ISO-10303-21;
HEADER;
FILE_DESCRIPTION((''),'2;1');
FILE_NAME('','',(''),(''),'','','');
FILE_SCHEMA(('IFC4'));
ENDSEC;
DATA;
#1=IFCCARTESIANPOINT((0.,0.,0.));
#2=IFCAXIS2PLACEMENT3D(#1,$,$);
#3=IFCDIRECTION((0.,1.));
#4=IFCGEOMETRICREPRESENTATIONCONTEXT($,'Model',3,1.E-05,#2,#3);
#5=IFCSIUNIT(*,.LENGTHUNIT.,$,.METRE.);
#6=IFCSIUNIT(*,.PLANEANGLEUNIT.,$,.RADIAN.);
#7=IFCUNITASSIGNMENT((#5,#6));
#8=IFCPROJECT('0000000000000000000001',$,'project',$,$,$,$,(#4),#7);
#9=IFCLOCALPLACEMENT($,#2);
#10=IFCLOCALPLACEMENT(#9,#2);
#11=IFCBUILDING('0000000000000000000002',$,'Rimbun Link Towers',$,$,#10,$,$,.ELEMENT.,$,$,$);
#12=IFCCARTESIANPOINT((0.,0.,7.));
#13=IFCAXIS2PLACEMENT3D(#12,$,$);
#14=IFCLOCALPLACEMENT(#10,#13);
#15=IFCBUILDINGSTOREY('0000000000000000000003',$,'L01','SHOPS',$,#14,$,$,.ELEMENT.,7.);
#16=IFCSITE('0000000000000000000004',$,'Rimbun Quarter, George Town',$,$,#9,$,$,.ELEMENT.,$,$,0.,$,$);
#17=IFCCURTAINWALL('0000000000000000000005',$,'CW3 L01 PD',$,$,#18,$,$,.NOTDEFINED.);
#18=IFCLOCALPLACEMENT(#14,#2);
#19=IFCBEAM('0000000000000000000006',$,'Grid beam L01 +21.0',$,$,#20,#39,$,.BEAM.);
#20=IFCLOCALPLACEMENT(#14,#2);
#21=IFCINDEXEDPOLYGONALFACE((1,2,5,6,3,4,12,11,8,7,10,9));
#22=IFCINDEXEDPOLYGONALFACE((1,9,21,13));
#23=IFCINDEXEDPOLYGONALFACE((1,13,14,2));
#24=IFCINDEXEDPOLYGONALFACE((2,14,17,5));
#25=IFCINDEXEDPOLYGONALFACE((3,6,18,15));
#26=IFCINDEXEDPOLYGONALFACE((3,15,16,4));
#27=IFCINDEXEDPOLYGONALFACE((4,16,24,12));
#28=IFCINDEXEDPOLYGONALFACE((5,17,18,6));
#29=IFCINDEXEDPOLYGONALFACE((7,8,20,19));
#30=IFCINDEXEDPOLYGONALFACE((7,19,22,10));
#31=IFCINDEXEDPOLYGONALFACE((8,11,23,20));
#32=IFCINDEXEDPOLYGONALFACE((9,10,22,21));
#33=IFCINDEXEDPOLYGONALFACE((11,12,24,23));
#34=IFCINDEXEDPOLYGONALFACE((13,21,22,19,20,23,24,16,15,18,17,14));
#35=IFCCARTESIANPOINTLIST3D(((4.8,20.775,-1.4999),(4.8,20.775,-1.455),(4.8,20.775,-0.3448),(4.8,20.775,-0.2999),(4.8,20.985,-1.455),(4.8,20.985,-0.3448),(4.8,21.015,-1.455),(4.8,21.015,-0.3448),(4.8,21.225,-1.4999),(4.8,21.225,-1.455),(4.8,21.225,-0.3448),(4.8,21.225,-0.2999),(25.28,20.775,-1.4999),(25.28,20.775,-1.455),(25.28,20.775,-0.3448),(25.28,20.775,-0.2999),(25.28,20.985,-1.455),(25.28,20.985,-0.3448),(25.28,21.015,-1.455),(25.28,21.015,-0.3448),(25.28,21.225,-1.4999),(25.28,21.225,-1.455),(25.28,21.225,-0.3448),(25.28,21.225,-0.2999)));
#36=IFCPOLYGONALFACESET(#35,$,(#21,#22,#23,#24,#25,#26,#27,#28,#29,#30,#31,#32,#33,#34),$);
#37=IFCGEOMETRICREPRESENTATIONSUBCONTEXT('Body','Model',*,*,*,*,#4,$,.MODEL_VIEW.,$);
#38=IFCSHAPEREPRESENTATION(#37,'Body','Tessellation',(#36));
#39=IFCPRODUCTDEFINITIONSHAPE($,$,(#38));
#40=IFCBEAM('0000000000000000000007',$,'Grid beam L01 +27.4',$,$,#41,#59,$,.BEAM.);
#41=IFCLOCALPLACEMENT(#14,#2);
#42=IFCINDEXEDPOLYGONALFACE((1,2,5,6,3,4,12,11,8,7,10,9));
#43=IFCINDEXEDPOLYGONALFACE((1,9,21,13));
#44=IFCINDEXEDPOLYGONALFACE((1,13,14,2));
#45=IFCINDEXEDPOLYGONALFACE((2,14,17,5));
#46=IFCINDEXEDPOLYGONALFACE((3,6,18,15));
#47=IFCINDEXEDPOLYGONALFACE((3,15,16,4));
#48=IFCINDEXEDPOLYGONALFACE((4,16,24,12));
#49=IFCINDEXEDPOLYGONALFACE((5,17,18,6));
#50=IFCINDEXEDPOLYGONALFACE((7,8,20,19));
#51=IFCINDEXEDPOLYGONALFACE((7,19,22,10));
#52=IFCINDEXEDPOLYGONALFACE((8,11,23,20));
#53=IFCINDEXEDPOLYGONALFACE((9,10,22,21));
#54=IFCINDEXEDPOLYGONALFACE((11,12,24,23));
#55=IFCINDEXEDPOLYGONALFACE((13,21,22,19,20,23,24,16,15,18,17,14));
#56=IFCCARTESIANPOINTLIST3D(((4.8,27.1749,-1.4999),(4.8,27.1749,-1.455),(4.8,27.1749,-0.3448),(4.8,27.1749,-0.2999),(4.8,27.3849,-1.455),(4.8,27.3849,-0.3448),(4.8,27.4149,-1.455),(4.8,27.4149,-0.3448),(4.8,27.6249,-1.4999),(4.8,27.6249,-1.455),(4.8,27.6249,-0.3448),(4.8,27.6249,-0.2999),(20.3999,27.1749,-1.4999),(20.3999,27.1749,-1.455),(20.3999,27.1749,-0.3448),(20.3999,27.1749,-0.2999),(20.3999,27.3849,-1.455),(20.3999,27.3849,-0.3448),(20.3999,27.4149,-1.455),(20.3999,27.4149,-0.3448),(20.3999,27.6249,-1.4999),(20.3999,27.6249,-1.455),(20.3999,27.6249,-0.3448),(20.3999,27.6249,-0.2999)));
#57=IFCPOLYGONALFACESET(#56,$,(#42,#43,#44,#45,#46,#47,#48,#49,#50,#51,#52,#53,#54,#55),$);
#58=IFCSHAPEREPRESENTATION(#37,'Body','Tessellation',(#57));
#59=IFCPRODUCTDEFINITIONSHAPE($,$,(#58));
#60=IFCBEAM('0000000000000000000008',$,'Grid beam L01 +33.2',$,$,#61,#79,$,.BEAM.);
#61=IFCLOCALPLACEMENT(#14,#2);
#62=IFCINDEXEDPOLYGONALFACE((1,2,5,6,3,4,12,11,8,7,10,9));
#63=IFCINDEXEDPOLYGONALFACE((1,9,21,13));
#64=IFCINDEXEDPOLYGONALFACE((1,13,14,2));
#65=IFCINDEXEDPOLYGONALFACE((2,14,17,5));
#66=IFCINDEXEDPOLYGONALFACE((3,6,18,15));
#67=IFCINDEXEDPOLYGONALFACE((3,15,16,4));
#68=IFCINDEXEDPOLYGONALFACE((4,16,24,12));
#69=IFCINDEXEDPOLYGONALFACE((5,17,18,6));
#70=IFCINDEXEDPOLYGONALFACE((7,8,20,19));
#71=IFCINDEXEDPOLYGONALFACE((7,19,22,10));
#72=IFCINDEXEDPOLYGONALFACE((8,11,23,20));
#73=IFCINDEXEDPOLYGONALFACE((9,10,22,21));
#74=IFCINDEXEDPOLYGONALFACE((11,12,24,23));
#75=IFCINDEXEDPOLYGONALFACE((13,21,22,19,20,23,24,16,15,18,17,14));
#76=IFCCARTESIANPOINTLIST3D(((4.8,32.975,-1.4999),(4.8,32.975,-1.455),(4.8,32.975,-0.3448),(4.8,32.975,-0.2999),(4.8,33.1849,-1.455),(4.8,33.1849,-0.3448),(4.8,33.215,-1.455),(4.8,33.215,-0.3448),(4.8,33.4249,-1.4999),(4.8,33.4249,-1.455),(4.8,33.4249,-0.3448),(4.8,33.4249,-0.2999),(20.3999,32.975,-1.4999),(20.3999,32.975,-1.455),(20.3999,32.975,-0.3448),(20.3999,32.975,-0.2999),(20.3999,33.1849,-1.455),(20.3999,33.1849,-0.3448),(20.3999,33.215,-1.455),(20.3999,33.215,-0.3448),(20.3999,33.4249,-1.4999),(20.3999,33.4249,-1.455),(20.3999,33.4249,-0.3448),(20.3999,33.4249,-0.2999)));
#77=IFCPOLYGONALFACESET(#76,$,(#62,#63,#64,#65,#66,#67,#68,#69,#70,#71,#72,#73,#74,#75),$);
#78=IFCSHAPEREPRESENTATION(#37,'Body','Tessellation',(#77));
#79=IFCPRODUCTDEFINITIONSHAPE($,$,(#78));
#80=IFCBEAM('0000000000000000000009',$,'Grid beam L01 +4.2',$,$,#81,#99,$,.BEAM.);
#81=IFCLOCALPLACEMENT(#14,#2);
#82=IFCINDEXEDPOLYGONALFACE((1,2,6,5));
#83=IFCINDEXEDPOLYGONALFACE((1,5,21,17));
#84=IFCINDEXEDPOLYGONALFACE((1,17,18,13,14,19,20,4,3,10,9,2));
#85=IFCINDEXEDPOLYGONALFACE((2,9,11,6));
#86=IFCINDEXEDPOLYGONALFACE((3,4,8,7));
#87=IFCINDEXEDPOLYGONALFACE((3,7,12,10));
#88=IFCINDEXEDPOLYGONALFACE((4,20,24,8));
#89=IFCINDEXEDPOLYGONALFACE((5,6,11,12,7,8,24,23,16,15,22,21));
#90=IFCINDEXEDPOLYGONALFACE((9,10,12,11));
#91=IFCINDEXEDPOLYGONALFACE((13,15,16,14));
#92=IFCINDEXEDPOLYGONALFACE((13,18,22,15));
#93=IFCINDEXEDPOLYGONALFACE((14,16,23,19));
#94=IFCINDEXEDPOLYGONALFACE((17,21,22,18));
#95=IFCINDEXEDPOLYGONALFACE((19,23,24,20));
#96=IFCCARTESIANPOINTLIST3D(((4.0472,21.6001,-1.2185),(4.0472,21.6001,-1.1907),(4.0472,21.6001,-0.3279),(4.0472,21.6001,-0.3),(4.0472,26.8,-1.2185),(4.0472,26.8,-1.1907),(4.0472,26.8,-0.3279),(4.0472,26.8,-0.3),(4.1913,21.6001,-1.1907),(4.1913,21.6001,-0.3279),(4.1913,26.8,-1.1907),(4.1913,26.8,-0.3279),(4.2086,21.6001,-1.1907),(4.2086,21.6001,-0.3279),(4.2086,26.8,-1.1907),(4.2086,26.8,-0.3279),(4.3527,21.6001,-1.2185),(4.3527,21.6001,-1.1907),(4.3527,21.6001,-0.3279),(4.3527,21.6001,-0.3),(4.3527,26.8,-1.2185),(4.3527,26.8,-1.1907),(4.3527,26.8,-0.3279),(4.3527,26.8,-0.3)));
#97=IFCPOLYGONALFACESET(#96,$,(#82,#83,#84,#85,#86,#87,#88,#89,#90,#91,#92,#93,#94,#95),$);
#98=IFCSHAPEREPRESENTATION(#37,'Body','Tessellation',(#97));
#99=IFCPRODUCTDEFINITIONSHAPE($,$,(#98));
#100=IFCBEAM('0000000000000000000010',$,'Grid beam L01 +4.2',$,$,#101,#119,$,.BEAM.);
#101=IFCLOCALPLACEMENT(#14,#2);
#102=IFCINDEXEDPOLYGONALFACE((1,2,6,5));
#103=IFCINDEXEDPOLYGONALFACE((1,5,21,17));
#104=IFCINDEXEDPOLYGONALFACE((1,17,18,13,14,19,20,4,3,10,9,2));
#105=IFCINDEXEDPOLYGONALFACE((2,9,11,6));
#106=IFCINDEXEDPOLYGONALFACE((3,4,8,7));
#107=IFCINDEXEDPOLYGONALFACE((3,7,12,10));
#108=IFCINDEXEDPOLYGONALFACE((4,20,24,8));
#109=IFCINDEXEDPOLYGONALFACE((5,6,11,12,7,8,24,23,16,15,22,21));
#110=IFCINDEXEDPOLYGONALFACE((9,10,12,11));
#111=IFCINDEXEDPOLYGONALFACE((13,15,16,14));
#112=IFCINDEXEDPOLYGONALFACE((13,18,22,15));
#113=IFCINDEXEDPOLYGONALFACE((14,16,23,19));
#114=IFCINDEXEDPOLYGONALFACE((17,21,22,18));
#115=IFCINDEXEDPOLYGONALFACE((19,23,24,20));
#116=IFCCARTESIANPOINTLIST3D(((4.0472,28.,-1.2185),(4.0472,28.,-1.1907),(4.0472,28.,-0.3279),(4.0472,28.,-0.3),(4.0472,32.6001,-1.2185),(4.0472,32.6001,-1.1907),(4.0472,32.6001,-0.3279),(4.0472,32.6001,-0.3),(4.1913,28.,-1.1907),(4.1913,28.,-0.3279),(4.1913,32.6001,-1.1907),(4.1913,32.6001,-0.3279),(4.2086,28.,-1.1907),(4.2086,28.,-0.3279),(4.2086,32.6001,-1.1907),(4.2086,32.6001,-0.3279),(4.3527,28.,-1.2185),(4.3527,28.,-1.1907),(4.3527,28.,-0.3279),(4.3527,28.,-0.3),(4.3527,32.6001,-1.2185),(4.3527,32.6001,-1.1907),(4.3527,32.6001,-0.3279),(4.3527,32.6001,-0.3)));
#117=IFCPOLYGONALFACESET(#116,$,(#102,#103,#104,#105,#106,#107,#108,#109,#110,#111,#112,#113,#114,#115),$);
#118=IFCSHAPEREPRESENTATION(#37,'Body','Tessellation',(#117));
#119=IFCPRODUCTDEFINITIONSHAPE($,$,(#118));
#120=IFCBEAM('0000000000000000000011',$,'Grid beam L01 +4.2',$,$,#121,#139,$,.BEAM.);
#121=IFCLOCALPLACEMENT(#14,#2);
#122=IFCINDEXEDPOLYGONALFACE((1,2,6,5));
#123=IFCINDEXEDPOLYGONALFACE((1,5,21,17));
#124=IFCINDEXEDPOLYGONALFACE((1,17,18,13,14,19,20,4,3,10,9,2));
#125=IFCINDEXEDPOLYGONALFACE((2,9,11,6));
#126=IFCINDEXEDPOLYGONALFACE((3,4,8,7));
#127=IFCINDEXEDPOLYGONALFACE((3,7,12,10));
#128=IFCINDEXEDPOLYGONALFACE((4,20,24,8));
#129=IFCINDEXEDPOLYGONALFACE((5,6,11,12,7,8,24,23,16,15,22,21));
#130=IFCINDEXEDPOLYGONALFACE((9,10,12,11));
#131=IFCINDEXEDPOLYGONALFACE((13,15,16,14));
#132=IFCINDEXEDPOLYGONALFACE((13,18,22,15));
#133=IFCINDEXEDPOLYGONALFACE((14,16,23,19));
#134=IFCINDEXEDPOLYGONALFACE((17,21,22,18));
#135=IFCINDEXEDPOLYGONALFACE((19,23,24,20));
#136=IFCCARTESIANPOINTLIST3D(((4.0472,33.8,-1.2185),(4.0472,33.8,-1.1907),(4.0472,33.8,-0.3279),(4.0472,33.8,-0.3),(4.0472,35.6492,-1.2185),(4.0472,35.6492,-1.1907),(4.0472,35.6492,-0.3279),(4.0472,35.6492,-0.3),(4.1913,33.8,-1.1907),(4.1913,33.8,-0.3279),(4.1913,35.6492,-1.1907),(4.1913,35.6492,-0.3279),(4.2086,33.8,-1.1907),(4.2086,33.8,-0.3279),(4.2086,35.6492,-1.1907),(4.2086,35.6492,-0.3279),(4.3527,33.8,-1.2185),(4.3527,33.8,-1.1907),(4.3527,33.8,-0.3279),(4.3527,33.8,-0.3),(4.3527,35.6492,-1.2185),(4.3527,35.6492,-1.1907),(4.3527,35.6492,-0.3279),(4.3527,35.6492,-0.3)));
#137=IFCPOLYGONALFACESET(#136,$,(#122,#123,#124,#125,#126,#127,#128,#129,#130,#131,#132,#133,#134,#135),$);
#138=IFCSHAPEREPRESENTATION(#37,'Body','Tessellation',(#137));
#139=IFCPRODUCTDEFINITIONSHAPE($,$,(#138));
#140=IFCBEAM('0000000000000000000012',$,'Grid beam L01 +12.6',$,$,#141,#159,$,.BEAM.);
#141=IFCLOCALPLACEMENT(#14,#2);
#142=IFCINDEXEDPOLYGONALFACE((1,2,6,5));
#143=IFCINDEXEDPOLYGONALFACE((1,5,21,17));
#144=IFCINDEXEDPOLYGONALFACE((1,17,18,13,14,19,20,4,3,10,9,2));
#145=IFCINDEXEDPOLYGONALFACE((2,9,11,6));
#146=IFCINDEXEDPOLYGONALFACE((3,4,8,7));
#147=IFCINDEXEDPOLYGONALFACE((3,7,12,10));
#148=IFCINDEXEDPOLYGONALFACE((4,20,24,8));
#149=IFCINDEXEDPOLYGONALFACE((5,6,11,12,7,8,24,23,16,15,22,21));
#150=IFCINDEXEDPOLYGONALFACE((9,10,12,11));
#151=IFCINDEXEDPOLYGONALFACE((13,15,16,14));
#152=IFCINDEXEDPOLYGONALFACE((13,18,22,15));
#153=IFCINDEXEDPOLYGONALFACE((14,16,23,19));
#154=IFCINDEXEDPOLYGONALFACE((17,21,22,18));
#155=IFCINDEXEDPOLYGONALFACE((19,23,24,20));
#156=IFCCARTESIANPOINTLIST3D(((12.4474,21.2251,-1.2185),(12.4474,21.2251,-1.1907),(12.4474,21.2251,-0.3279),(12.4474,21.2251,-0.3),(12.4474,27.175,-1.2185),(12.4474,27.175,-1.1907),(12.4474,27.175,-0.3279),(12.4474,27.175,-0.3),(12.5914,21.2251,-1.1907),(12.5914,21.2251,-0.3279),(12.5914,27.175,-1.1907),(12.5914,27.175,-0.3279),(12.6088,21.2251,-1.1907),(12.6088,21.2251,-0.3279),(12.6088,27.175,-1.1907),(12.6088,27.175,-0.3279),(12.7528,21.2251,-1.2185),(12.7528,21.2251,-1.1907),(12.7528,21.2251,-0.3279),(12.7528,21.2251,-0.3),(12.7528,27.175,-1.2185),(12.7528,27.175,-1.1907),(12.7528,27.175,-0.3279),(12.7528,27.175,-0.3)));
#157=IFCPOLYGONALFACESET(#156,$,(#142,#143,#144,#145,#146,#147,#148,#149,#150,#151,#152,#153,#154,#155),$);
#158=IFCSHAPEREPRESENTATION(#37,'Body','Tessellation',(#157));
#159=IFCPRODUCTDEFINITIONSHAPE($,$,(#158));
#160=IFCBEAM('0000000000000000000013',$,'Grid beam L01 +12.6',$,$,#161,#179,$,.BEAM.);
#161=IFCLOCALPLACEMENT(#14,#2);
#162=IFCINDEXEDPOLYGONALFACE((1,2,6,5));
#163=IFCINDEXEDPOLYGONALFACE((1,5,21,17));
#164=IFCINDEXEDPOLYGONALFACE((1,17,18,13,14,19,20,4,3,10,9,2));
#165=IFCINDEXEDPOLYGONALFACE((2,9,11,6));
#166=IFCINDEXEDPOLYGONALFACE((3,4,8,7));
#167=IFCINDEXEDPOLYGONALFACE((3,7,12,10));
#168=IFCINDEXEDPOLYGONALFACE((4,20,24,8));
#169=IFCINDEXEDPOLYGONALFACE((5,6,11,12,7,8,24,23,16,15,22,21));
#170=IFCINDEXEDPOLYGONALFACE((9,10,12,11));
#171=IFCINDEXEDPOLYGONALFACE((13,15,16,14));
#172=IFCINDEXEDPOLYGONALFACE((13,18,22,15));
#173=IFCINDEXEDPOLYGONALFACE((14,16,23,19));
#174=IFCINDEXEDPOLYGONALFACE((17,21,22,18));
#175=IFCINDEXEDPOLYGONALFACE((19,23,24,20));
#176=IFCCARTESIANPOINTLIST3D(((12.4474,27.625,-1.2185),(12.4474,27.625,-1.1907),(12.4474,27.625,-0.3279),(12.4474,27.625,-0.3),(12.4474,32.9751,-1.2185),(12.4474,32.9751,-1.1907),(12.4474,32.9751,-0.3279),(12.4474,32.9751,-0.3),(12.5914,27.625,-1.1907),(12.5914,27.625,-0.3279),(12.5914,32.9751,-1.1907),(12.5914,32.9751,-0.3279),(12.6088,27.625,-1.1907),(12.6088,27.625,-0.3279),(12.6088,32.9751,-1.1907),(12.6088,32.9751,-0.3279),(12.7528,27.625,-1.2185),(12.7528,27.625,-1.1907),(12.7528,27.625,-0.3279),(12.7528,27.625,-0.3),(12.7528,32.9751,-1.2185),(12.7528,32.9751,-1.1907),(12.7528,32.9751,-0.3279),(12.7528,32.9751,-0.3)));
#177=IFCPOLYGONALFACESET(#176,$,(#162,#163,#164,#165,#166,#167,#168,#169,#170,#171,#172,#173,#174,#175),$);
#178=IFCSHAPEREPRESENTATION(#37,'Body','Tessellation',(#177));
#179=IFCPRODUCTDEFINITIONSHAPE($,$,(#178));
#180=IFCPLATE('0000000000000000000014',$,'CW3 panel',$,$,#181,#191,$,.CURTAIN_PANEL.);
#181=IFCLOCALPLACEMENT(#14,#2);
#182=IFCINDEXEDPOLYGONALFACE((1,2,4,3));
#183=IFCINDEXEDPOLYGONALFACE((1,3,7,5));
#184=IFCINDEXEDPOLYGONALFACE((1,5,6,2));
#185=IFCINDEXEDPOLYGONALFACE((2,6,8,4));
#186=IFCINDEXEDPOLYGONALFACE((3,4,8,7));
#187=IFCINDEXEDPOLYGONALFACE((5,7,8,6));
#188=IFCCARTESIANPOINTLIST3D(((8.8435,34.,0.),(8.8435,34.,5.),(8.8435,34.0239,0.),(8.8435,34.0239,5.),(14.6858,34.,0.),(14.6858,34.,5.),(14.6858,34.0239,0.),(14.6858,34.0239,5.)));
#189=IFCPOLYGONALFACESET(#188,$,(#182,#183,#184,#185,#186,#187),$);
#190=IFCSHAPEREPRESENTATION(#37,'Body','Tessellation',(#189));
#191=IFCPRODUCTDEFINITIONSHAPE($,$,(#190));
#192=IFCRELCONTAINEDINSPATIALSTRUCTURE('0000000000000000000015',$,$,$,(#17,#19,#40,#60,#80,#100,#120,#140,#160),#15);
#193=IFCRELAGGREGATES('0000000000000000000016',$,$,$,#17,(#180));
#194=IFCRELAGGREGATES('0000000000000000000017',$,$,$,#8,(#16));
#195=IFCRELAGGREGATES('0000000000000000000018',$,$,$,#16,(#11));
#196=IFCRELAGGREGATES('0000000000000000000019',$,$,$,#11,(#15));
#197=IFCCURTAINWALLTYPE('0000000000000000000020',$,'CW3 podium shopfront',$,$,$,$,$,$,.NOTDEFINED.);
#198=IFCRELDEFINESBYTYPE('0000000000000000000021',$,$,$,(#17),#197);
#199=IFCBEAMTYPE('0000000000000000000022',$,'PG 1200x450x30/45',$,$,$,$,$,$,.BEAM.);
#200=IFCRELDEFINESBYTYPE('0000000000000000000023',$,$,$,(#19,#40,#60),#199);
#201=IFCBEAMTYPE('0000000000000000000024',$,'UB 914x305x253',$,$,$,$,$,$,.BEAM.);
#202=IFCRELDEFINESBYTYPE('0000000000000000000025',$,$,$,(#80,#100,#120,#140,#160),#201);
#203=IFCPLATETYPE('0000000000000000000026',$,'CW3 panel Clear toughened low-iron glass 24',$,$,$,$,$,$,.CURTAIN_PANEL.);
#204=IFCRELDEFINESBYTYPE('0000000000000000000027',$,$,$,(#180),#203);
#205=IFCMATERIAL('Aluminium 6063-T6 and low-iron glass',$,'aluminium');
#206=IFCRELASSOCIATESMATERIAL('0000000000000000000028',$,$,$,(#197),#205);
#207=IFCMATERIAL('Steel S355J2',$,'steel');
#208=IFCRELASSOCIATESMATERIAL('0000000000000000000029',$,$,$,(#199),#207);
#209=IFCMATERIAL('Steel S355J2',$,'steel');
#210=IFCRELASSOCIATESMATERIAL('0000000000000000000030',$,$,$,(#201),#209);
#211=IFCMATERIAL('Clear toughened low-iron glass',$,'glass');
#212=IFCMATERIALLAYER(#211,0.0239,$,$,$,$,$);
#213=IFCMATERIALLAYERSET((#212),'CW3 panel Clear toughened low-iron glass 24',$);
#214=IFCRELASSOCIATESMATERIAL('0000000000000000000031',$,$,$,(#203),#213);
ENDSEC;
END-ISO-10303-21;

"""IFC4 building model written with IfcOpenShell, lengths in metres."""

from ifc_helpers import new_model, si_unit, direction, frame, origin, origin_2d, place, context, subcontext, project, spatial, rectangle, i_section, extrude, material, layer, layer_set, material_profile, profile_set, type_object, element, aggregate, save


model = new_model("IFC4")

# Units and contexts
model_context = context("Model", 3, precision=1e-05, world=origin(), true_north=direction((0.0, 1.0)))
body_context = subcontext(model_context, "Body", "Model", "MODEL_VIEW")
ifc_project = project(units=[si_unit("LENGTHUNIT", "METRE"), si_unit("PLANEANGLEUNIT", "RADIAN")], contexts=[model_context])

# Site, building, storey
site_placement = place(None, origin())
site = spatial("IfcSite", under=ifc_project, at=site_placement, Name="Rimbun Quarter, George Town", CompositionType="ELEMENT", RefElevation=0.0)
building_placement = place(site_placement, origin())
building = spatial("IfcBuilding", under=site, at=building_placement, Name="Rimbun Link Towers", CompositionType="ELEMENT")
storey_placement = place(building_placement, frame((0.0, 0.0, 7.0)))
storey = spatial("IfcBuildingStorey", under=building, at=storey_placement, Name="L01", Description="SHOPS", CompositionType="ELEMENT", Elevation=7.0)

# Curtain wall
ifc_material_1 = material(Name="Aluminium 6063-T6 and low-iron glass", Category="aluminium")
curtain_wall_type = type_object("IfcCurtainWallType", Name="CW3 podium shopfront", PredefinedType="NOTDEFINED", material=ifc_material_1)
curtain_wall_placement = place(storey_placement, origin())
curtain_wall = element("IfcCurtainWall", 1, at=curtain_wall_placement, inside=storey, type_object=curtain_wall_type, Name="CW3 L01 PD", PredefinedType="NOTDEFINED")

# Beams
ifc_material_2 = material(Name="Steel S355J2", Category="steel")
ifc_material_profile_1 = material_profile(ifc_material_2, i_section(OverallWidth=0.45, OverallDepth=1.2, WebThickness=0.03, FlangeThickness=0.0449, at=origin_2d()), Name="PG 1200x450x30/45")
ifc_profile_set_1 = profile_set([ifc_material_profile_1], Name="Steel S355J2")
beam_type_1 = type_object("IfcBeamType", Name="PG 1200x450x30/45", PredefinedType="BEAM", material=ifc_profile_set_1)
beam_1_placement = place(storey_placement, frame((4.8, 21.0, -0.8999), z_axis=(1.0, 0.0, 0.0), x_axis=(0.0, 1.0, 0.0)))
element("IfcBeam", 2, at=beam_1_placement, inside=storey, type_object=beam_type_1, Name="Grid beam L01 +21.0", PredefinedType="BEAM", context=body_context, shape_type="SweptSolid", body=[
    extrude(i_section(OverallWidth=0.45, OverallDepth=1.2, WebThickness=0.03, FlangeThickness=0.0449, at=origin_2d()), origin(), (0.0, 0.0, 1.0), 20.48),
])
for number, where, z_axis, x_axis, name in (
    (3, (4.8, 27.3999, -0.8999), (1.0, 0.0, 0.0), (0.0, 1.0, 0.0), "Grid beam L01 +27.4"),
    (4, (4.8, 33.2, -0.8999), (1.0, 0.0, 0.0), (0.0, 1.0, 0.0), "Grid beam L01 +33.2"),
):
    element("IfcBeam", number, at=place(storey_placement, frame(where, z_axis=z_axis, x_axis=x_axis)), inside=storey, type_object=beam_type_1, Name=name, PredefinedType="BEAM", context=body_context, shape_type="SweptSolid", body=[
        extrude(i_section(OverallWidth=0.45, OverallDepth=1.2, WebThickness=0.03, FlangeThickness=0.0449, at=origin_2d()), origin(), (0.0, 0.0, 1.0), 15.5999),
    ])
ifc_material_3 = material(Name="Steel S355J2", Category="steel")
ifc_material_profile_2 = material_profile(ifc_material_3, i_section(OverallWidth=0.3054, OverallDepth=0.9185, WebThickness=0.0173, FlangeThickness=0.0278, at=origin_2d()), Name="UB 914x305x253")
ifc_profile_set_2 = profile_set([ifc_material_profile_2], Name="Steel S355J2")
beam_type_2 = type_object("IfcBeamType", Name="UB 914x305x253", PredefinedType="BEAM", material=ifc_profile_set_2)
beam_2_placement = place(storey_placement, frame((4.2, 21.6001, -0.7593), z_axis=(0.0, 1.0, 0.0), x_axis=(-1.0, 0.0, 0.0)))
element("IfcBeam", 5, at=beam_2_placement, inside=storey, type_object=beam_type_2, Name="Grid beam L01 +4.2", PredefinedType="BEAM", context=body_context, shape_type="SweptSolid", body=[
    extrude(i_section(OverallWidth=0.3054, OverallDepth=0.9185, WebThickness=0.0173, FlangeThickness=0.0278, at=origin_2d()), origin(), (0.0, 0.0, 1.0), 5.2),
])
beam_3_placement = place(storey_placement, frame((4.2, 28.0, -0.7593), z_axis=(0.0, 1.0, 0.0), x_axis=(-1.0, 0.0, 0.0)))
element("IfcBeam", 6, at=beam_3_placement, inside=storey, type_object=beam_type_2, Name="Grid beam L01 +4.2", PredefinedType="BEAM", context=body_context, shape_type="SweptSolid", body=[
    extrude(i_section(OverallWidth=0.3054, OverallDepth=0.9185, WebThickness=0.0173, FlangeThickness=0.0278, at=origin_2d()), origin(), (0.0, 0.0, 1.0), 4.6001),
])
beam_4_placement = place(storey_placement, frame((4.2, 33.8, -0.7593), z_axis=(0.0, 1.0, 0.0), x_axis=(-1.0, 0.0, 0.0)))
element("IfcBeam", 7, at=beam_4_placement, inside=storey, type_object=beam_type_2, Name="Grid beam L01 +4.2", PredefinedType="BEAM", context=body_context, shape_type="SweptSolid", body=[
    extrude(i_section(OverallWidth=0.3054, OverallDepth=0.9185, WebThickness=0.0173, FlangeThickness=0.0278, at=origin_2d()), origin(), (0.0, 0.0, 1.0), 1.8491),
])
beam_5_placement = place(storey_placement, frame((12.6001, 21.2251, -0.7593), z_axis=(0.0, 1.0, 0.0), x_axis=(-1.0, 0.0, 0.0)))
element("IfcBeam", 8, at=beam_5_placement, inside=storey, type_object=beam_type_2, Name="Grid beam L01 +12.6", PredefinedType="BEAM", context=body_context, shape_type="SweptSolid", body=[
    extrude(i_section(OverallWidth=0.3054, OverallDepth=0.9185, WebThickness=0.0173, FlangeThickness=0.0278, at=origin_2d()), origin(), (0.0, 0.0, 1.0), 5.95),
])
beam_6_placement = place(storey_placement, frame((12.6001, 27.625, -0.7593), z_axis=(0.0, 1.0, 0.0), x_axis=(-1.0, 0.0, 0.0)))
element("IfcBeam", 9, at=beam_6_placement, inside=storey, type_object=beam_type_2, Name="Grid beam L01 +12.6", PredefinedType="BEAM", context=body_context, shape_type="SweptSolid", body=[
    extrude(i_section(OverallWidth=0.3054, OverallDepth=0.9185, WebThickness=0.0173, FlangeThickness=0.0278, at=origin_2d()), origin(), (0.0, 0.0, 1.0), 5.3501),
])

# Plate
ifc_material_4 = material(Name="Clear toughened low-iron glass", Category="glass")
ifc_layer_1 = layer(ifc_material_4, 0.0239)
ifc_layer_set_1 = layer_set([ifc_layer_1], Name="CW3 panel Clear toughened low-iron glass 24")
plate_type = type_object("IfcPlateType", Name="CW3 panel Clear toughened low-iron glass 24", PredefinedType="CURTAIN_PANEL", material=ifc_layer_set_1)
plate_1_placement = place(storey_placement, frame((11.7646, 34.012, 0.0), z_axis=(0.0, 0.0, 1.0), x_axis=(1.0, 0.0, 0.0)))
plate_1 = element("IfcPlate", 10, at=plate_1_placement, type_object=plate_type, Name="CW3 panel", PredefinedType="CURTAIN_PANEL", context=body_context, shape_type="SweptSolid", body=[
    extrude(rectangle(XDim=5.8423, YDim=0.0239, at=origin_2d()), origin(), (0.0, 0.0, 1.0), 5.0),
])
aggregate(curtain_wall, [plate_1])

save(model, "model.ifc")
